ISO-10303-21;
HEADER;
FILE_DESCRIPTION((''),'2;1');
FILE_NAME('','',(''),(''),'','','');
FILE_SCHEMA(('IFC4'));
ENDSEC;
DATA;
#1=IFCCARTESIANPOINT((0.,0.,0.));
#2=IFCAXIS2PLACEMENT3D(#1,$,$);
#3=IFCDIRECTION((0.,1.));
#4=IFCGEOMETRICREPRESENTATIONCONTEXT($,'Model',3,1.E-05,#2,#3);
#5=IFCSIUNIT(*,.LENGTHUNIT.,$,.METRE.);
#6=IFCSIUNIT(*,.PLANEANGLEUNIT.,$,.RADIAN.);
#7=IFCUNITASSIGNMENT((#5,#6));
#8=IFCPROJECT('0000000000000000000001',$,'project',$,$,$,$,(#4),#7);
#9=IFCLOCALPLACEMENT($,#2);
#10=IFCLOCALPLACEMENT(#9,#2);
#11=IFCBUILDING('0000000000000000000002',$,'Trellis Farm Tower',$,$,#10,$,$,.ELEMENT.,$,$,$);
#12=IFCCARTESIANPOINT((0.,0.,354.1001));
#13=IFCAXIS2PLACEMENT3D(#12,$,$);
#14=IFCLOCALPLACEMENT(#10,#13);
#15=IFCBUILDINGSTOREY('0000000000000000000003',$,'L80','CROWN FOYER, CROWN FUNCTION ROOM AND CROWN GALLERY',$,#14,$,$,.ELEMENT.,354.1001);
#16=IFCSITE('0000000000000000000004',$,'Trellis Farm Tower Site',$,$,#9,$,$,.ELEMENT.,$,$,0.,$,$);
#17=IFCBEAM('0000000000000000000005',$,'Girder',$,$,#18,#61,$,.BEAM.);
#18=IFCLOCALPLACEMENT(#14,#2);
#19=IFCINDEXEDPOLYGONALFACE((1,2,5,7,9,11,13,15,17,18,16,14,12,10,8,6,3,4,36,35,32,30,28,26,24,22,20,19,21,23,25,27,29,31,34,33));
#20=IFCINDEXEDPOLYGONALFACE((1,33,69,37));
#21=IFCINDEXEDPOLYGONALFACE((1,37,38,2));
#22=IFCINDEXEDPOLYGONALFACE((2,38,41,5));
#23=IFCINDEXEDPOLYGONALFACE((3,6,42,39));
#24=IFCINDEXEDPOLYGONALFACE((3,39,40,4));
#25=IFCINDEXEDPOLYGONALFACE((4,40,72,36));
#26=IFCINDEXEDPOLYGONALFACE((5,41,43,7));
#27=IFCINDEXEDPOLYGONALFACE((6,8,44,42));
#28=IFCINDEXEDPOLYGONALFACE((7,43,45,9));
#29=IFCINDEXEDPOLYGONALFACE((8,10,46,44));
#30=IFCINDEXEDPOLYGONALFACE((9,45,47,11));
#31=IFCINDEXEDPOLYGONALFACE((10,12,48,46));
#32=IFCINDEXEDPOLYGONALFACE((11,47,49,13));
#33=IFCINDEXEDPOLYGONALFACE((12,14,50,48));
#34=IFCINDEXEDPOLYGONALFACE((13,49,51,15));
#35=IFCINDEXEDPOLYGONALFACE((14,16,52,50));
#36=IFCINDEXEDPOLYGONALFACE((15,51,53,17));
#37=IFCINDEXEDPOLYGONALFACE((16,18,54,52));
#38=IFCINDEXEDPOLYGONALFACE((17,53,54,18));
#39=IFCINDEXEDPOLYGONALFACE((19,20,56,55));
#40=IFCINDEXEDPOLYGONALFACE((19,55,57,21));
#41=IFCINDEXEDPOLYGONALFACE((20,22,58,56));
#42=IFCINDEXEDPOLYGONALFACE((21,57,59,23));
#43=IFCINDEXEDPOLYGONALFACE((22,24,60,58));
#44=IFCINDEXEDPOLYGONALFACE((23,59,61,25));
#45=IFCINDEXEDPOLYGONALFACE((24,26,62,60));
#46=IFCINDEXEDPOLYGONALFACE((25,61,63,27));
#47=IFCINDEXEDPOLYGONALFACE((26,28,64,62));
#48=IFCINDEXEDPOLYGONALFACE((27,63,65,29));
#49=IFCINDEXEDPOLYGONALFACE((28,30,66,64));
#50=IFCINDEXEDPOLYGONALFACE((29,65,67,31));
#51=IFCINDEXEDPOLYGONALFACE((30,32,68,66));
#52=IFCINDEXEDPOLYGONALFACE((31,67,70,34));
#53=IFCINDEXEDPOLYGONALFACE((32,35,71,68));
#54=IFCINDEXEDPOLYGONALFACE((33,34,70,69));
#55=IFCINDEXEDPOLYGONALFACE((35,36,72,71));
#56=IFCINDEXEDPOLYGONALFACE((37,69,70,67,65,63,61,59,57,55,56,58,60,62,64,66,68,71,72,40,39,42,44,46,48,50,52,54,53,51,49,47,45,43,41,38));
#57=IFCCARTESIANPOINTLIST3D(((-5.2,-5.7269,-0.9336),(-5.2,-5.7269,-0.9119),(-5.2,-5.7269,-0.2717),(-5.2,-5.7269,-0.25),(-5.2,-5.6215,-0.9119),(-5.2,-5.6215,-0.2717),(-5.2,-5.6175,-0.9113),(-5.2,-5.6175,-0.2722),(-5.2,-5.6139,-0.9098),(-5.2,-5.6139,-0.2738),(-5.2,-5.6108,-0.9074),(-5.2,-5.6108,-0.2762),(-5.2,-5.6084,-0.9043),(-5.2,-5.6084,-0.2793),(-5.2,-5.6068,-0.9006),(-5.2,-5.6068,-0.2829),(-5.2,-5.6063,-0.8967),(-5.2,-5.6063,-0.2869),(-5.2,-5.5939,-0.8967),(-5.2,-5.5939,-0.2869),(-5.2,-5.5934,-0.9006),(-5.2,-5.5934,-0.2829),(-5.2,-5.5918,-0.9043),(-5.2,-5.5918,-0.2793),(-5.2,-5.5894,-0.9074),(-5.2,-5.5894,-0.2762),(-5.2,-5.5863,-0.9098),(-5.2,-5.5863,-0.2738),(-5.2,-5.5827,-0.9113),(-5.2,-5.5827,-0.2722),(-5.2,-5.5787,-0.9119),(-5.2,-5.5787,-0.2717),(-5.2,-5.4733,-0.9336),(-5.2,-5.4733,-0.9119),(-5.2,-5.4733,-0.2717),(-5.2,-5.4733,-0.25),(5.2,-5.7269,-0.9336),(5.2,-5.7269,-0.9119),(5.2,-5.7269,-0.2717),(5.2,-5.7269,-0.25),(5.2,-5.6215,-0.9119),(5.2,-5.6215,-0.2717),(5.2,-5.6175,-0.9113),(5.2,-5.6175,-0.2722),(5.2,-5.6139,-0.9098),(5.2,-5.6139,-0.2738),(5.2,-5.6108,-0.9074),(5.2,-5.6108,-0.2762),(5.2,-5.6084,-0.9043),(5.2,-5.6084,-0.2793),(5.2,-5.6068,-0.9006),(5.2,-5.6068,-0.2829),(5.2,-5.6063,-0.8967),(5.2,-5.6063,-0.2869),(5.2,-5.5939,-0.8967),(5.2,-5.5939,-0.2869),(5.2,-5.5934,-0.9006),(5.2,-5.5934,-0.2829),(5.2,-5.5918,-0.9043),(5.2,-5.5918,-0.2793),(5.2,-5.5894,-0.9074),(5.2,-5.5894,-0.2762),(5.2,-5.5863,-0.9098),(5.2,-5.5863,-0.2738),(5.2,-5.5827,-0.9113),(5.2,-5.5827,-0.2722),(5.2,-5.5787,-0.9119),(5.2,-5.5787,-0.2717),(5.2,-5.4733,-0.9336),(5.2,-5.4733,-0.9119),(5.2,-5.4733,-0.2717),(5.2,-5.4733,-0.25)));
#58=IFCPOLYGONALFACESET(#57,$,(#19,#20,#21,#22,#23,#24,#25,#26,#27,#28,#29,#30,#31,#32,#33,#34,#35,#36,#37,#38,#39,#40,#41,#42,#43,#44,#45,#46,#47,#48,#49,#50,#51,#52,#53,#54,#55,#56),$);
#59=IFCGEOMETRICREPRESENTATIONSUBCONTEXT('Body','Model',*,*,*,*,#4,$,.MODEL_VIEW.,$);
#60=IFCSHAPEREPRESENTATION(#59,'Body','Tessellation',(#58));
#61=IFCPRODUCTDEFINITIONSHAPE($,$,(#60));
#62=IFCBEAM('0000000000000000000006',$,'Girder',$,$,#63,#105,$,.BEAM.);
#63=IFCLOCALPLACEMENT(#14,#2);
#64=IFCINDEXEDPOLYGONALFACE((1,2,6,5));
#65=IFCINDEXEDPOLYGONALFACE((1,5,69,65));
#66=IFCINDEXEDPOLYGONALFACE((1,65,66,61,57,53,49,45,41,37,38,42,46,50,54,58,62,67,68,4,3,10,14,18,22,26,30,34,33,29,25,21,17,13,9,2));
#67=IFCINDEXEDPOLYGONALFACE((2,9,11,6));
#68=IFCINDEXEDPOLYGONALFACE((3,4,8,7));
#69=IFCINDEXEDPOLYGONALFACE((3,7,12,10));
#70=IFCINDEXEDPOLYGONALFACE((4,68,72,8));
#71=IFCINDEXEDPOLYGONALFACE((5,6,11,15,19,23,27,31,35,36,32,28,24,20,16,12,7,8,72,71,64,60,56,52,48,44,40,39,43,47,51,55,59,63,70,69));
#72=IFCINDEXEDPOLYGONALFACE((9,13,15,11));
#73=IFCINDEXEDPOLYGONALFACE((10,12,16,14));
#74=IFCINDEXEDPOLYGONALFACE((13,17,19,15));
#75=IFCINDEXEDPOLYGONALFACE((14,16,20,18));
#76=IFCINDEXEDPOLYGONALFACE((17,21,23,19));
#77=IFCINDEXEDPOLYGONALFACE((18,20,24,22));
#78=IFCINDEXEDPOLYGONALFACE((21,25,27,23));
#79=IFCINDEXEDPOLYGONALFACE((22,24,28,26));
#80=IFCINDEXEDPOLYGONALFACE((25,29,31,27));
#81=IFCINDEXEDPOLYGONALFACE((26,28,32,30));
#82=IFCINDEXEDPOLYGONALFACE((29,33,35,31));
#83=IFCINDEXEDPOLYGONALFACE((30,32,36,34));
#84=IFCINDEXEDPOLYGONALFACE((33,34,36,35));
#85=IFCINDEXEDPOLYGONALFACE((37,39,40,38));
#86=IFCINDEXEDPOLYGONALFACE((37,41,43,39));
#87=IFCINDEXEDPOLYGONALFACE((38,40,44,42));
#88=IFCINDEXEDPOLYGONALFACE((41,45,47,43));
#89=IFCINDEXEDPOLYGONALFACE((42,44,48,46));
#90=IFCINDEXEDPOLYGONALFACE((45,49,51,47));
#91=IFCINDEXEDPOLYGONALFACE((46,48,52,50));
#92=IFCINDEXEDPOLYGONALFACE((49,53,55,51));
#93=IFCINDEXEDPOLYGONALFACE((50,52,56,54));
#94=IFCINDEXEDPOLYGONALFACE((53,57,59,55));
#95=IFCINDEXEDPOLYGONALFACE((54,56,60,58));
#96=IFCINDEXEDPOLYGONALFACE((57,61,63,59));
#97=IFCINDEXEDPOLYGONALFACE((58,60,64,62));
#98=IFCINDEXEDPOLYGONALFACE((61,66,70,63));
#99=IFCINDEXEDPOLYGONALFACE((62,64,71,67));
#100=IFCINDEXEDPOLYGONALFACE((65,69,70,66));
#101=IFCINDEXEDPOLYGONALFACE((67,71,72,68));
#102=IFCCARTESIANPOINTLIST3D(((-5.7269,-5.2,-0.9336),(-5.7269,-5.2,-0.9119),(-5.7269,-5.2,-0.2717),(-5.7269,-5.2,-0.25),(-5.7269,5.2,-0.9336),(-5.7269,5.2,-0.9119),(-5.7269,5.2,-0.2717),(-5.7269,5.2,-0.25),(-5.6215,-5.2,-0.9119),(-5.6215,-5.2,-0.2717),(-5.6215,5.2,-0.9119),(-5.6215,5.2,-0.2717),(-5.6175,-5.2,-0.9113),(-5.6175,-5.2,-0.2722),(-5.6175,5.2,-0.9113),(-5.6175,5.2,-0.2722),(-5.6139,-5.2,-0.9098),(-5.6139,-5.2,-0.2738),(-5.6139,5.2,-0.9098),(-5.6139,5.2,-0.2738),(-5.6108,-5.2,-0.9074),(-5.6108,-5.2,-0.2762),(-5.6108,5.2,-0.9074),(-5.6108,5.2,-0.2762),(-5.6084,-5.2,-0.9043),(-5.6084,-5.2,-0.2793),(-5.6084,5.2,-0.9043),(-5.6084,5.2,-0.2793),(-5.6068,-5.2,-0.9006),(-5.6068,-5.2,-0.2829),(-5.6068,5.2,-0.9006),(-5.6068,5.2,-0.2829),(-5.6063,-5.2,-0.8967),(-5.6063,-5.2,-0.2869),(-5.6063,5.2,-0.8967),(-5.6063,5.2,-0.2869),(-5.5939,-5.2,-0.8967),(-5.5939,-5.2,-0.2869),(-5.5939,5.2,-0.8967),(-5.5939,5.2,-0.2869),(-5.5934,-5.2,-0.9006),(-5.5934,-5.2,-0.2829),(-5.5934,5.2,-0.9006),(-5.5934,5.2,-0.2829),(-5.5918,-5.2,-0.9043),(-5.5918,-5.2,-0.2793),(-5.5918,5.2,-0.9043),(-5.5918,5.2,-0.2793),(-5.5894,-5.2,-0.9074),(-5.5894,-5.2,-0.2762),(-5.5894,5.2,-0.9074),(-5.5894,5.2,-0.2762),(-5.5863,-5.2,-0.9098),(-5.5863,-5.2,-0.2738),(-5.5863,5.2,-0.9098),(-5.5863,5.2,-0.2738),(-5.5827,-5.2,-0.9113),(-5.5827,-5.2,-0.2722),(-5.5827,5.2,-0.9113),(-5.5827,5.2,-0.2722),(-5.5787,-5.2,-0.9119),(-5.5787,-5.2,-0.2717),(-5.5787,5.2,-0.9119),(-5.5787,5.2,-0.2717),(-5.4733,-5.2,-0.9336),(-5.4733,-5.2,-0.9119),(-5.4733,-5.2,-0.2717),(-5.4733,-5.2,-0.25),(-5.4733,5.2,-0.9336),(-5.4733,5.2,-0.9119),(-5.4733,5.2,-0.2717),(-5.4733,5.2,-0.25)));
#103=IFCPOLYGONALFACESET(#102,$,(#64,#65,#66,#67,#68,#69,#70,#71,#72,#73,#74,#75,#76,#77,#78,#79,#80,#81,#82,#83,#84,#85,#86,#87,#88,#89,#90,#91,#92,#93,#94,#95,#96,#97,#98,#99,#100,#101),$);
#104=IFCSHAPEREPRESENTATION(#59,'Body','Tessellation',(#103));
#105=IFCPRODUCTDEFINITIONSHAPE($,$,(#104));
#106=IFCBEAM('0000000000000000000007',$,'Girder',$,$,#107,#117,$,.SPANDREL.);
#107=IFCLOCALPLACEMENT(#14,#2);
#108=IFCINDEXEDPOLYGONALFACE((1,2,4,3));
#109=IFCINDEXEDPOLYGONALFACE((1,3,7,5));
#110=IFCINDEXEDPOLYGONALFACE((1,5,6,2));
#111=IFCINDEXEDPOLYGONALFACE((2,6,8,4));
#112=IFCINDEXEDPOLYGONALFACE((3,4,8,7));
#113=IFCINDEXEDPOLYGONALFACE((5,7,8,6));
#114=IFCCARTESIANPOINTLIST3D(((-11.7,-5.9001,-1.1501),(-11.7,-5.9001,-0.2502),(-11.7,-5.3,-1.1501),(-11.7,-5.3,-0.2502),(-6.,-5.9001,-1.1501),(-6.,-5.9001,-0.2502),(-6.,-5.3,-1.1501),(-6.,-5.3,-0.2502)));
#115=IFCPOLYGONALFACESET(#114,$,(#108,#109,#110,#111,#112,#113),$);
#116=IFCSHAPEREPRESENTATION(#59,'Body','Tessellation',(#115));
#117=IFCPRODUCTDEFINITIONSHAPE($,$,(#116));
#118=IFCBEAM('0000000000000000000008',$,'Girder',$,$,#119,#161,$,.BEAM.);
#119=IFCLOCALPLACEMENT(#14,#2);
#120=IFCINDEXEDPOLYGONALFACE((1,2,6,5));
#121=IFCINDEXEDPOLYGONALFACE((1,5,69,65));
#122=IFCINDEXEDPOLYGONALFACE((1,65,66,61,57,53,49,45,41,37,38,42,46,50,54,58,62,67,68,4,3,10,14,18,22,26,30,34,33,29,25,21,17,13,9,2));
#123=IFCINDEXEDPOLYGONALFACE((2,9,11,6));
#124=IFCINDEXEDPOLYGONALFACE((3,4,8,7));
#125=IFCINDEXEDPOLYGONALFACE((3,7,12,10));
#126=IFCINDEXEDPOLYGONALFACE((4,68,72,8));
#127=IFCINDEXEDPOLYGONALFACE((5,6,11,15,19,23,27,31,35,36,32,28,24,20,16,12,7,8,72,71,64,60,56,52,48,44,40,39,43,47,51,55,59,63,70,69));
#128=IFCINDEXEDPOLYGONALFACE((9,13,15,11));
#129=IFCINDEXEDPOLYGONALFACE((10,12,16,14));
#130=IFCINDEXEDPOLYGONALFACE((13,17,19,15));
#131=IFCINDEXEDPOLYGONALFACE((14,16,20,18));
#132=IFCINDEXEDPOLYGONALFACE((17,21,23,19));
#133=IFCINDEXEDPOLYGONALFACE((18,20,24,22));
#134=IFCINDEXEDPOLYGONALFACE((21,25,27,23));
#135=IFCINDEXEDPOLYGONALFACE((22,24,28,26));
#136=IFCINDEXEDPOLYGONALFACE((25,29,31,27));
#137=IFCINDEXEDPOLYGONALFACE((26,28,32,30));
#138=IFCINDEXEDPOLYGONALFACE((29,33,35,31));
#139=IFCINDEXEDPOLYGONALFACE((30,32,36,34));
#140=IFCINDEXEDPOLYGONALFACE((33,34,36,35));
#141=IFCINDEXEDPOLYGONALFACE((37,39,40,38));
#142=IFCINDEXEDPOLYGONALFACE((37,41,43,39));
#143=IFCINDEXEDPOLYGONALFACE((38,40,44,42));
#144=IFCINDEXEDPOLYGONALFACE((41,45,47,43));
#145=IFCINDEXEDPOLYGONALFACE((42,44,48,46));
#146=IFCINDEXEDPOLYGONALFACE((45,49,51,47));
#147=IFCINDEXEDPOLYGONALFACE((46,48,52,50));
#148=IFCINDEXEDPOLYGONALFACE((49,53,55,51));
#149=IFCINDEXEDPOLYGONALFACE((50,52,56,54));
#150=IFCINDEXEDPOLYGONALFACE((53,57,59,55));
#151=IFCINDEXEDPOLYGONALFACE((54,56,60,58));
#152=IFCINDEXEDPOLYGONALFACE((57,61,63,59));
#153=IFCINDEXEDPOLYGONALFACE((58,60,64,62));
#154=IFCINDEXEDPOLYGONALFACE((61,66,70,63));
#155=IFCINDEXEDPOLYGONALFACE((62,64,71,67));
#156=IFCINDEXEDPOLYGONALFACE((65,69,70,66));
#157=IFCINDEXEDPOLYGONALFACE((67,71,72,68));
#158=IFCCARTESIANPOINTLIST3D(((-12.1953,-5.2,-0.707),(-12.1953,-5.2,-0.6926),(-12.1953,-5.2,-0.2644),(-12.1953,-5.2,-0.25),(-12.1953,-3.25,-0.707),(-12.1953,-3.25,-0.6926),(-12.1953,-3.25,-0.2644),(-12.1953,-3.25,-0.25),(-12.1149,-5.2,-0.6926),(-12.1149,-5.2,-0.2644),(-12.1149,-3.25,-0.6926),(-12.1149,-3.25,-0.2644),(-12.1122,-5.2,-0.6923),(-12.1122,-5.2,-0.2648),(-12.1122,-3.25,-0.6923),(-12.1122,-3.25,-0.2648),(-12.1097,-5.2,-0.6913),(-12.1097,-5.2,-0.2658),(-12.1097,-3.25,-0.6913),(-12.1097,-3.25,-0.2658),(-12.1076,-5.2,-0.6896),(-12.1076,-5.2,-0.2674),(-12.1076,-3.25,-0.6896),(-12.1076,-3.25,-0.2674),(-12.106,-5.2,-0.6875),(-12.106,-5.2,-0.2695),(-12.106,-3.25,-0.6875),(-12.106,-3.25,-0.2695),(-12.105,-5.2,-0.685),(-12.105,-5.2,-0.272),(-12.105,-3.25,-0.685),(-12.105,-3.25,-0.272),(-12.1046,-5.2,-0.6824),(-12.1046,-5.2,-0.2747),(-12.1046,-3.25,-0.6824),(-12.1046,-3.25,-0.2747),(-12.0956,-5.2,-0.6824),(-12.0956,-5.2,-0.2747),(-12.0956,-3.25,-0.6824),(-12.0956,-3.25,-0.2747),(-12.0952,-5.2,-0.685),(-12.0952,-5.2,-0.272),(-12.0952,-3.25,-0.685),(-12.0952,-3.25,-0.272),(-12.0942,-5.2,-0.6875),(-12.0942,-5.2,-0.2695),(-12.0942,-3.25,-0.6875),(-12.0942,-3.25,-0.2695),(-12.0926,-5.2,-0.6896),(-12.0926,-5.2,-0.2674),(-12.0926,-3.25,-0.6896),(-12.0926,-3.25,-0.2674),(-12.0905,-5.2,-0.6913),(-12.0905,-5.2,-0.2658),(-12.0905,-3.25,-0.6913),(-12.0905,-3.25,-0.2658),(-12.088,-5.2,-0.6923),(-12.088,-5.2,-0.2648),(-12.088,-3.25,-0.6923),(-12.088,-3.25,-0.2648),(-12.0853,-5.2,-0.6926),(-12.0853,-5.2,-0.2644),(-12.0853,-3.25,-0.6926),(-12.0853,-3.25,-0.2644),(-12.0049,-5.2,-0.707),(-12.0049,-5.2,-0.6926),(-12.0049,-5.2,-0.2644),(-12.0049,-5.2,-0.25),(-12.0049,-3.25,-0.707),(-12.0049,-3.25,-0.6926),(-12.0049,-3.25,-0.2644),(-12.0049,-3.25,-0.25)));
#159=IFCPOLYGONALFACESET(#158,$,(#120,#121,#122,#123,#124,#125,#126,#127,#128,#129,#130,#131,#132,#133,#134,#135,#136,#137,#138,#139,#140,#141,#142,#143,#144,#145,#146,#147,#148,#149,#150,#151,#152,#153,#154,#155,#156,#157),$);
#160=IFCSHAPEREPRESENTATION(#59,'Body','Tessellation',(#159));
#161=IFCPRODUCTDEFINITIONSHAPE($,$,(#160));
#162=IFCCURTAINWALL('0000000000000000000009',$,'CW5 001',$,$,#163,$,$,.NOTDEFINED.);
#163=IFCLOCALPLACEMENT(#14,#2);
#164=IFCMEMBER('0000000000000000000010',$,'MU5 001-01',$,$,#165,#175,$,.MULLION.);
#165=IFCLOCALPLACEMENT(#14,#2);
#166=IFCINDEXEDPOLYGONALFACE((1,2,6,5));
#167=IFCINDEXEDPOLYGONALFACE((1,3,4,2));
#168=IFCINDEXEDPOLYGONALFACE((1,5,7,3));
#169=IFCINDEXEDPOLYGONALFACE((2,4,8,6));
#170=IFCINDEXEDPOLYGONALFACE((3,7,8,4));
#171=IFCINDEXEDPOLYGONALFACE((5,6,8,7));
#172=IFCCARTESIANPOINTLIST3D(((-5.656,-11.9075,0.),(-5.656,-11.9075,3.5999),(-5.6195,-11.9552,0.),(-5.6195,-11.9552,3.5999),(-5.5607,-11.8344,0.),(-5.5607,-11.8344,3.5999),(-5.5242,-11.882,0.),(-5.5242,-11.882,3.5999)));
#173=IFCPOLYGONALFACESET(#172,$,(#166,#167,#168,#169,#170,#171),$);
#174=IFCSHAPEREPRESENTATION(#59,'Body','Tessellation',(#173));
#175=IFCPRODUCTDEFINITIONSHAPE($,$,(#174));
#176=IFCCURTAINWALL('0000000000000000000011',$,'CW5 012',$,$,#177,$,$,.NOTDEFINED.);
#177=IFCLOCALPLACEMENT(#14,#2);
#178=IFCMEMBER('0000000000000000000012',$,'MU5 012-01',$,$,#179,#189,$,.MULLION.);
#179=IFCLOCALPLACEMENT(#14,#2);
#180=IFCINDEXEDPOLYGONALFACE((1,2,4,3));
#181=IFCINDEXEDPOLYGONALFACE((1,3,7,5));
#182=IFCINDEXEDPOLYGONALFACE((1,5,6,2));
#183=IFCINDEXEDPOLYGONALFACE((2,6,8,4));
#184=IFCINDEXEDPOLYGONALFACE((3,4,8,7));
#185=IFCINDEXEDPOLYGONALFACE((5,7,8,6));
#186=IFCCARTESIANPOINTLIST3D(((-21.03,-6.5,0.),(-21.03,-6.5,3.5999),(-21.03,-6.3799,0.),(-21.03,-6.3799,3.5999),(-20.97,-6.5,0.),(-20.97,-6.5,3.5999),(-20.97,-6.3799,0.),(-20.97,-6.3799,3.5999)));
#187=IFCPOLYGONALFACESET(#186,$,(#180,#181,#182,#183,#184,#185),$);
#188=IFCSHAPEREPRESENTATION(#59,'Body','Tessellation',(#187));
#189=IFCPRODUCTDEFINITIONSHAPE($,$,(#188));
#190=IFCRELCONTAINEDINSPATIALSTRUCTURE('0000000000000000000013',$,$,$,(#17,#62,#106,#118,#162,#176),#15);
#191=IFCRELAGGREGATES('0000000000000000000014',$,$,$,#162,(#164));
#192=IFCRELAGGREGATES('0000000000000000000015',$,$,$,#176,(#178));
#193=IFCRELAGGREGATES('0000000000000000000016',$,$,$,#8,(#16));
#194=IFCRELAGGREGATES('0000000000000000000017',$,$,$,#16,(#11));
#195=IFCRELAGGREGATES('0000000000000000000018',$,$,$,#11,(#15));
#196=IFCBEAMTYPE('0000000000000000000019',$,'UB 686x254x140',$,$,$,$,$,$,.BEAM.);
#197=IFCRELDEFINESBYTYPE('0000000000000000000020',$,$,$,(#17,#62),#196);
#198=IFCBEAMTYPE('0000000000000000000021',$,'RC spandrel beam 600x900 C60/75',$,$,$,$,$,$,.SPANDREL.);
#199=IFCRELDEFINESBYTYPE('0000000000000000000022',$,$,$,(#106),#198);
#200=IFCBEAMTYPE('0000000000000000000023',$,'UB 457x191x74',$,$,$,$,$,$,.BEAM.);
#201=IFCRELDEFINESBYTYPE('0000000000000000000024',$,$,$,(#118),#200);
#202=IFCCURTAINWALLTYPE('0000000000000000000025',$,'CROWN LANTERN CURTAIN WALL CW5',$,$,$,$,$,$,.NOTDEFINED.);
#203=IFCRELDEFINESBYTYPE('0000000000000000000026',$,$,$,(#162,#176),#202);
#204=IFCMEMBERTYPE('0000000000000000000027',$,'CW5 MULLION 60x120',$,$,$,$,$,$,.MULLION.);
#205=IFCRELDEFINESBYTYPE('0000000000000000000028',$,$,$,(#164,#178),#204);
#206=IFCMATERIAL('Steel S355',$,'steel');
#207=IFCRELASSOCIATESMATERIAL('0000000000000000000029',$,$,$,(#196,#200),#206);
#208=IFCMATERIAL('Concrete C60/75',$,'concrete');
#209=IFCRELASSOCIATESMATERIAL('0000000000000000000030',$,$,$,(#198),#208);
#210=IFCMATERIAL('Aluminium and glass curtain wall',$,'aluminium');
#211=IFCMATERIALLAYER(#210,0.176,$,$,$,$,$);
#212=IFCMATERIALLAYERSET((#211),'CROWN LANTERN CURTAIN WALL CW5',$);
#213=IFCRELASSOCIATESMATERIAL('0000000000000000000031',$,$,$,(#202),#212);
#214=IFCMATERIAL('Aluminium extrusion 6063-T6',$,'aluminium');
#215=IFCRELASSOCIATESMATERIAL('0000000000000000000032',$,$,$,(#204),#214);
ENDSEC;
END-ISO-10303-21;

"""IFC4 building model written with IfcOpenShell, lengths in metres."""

from ifc_helpers import new_model, si_unit, direction, frame, origin, origin_2d, place, context, subcontext, project, spatial, rectangle, i_section, extrude, source, transform, mapped, material, layer, layer_set, material_profile, profile_set, type_object, element, aggregate, save


model = new_model("IFC4")

# Units and contexts
model_context = context("Model", 3, precision=1e-05, world=origin(), true_north=direction((0.0, 1.0)))
body_context = subcontext(model_context, "Body", "Model", "MODEL_VIEW")
ifc_project = project(units=[si_unit("LENGTHUNIT", "METRE"), si_unit("PLANEANGLEUNIT", "RADIAN")], contexts=[model_context])

# Site, building, storey
site_placement = place(None, origin())
site = spatial("IfcSite", under=ifc_project, at=site_placement, Name="Trellis Farm Tower Site", CompositionType="ELEMENT", RefElevation=0.0)
building_placement = place(site_placement, origin())
building = spatial("IfcBuilding", under=site, at=building_placement, Name="Trellis Farm Tower", CompositionType="ELEMENT")
storey_placement = place(building_placement, frame((0.0, 0.0, 354.1001)))
storey = spatial("IfcBuildingStorey", under=building, at=storey_placement, Name="L80", Description="CROWN FOYER, CROWN FUNCTION ROOM AND CROWN GALLERY", CompositionType="ELEMENT", Elevation=354.1001)

# Beams
ifc_material_1 = material(Name="Concrete C60/75", Category="concrete")
ifc_material_2 = material(Name="Steel S355", Category="steel")
ifc_material_profile_1 = material_profile(ifc_material_2, i_section(OverallWidth=0.2537, OverallDepth=0.6836, WebThickness=0.0125, FlangeThickness=0.0217, FilletRadius=0.0151, at=origin_2d()), Name="UB 686x254x140")
ifc_profile_set_1 = profile_set([ifc_material_profile_1], Name="Steel S355")
beam_type_1 = type_object("IfcBeamType", Name="UB 686x254x140", PredefinedType="BEAM", material=ifc_profile_set_1)
shared_shape_1 = source(origin(), body_context, "Body", "SweptSolid", [
    extrude(i_section(OverallWidth=0.2537, OverallDepth=0.6836, WebThickness=0.0125, FlangeThickness=0.0217, FilletRadius=0.0151, at=origin_2d()), origin(), (0.0, 0.0, 1.0), 10.3999),
])
for number, where, z_axis, x_axis, name in (
    (1, (-5.2, -5.6001, -0.5918), (1.0, 0.0, 0.0), (0.0, 1.0, 0.0), "Girder"),
    (2, (-5.6001, -5.2, -0.5918), (0.0, 1.0, 0.0), (-1.0, 0.0, 0.0), "Girder"),
):
    element("IfcBeam", number, at=place(storey_placement, frame(where, z_axis=z_axis, x_axis=x_axis)), inside=storey, type_object=beam_type_1, Name=name, PredefinedType="BEAM", context=body_context, shape_type="MappedRepresentation", body=[
        mapped(shared_shape_1, transform((0.0, 0.0, 0.0))),
    ])
ifc_material_profile_2 = material_profile(ifc_material_1, rectangle(XDim=0.6001, YDim=0.8999, at=origin_2d()), Name="RC spandrel beam 600x900 C60/75")
ifc_profile_set_2 = profile_set([ifc_material_profile_2], Name="Concrete C60/75")
beam_type_2 = type_object("IfcBeamType", Name="RC spandrel beam 600x900 C60/75", PredefinedType="SPANDREL", material=ifc_profile_set_2)
shared_shape_2 = source(origin(), body_context, "Body", "SweptSolid", [
    extrude(rectangle(XDim=0.6001, YDim=0.8999, at=origin_2d()), origin(), (0.0, 0.0, 1.0), 5.7),
])
beam_1_placement = place(storey_placement, frame((-11.7, -5.6001, -0.7002), z_axis=(1.0, 0.0, 0.0), x_axis=(0.0, 1.0, 0.0)))
element("IfcBeam", 3, at=beam_1_placement, inside=storey, type_object=beam_type_2, Name="Girder", PredefinedType="SPANDREL", context=body_context, shape_type="MappedRepresentation", body=[
    mapped(shared_shape_2, transform((0.0, 0.0, 0.0))),
])
ifc_material_profile_3 = material_profile(ifc_material_2, i_section(OverallWidth=0.1904, OverallDepth=0.457, WebThickness=0.009, FlangeThickness=0.0144, FilletRadius=0.0103, at=origin_2d()), Name="UB 457x191x74")
ifc_profile_set_3 = profile_set([ifc_material_profile_3], Name="Steel S355")
beam_type_3 = type_object("IfcBeamType", Name="UB 457x191x74", PredefinedType="BEAM", material=ifc_profile_set_3)
shared_shape_3 = source(origin(), body_context, "Body", "SweptSolid", [
    extrude(i_section(OverallWidth=0.1904, OverallDepth=0.457, WebThickness=0.009, FlangeThickness=0.0144, FilletRadius=0.0103, at=origin_2d()), origin(), (0.0, 0.0, 1.0), 1.95),
])
beam_2_placement = place(storey_placement, frame((-12.1001, -5.2, -0.4785), z_axis=(0.0, 1.0, 0.0), x_axis=(-1.0, 0.0, 0.0)))
element("IfcBeam", 4, at=beam_2_placement, inside=storey, type_object=beam_type_3, Name="Girder", PredefinedType="BEAM", context=body_context, shape_type="MappedRepresentation", body=[
    mapped(shared_shape_3, transform((0.0, 0.0, 0.0))),
])

# Curtain wall, member
ifc_material_3 = material(Name="Aluminium and glass curtain wall", Category="aluminium")
ifc_layer_1 = layer(ifc_material_3, 0.176)
ifc_layer_set_1 = layer_set([ifc_layer_1], Name="CROWN LANTERN CURTAIN WALL CW5")
curtain_wall_type = type_object("IfcCurtainWallType", Name="CROWN LANTERN CURTAIN WALL CW5", PredefinedType="NOTDEFINED", material=ifc_layer_set_1)
placement = place(storey_placement, origin())
curtain_wall_1 = element("IfcCurtainWall", 5, at=placement, inside=storey, type_object=curtain_wall_type, Name="CW5 001", PredefinedType="NOTDEFINED")
ifc_material_4 = material(Name="Aluminium extrusion 6063-T6", Category="aluminium")
ifc_material_profile_4 = material_profile(ifc_material_4, rectangle(XDim=0.0601, YDim=0.1201, at=origin_2d()), Name="MULLION 60x120")
ifc_profile_set_4 = profile_set([ifc_material_profile_4], Name="Aluminium extrusion 6063-T6")
member_type = type_object("IfcMemberType", Name="CW5 MULLION 60x120", PredefinedType="MULLION", material=ifc_profile_set_4)
shared_shape_4 = source(origin(), body_context, "Body", "SweptSolid", [
    extrude(rectangle(XDim=0.0601, YDim=0.1201, at=origin_2d()), origin(), (0.0, 0.0, 1.0), 3.5999),
])
member_1_placement = place(storey_placement, frame((-5.5901, -11.8948, 0.0), z_axis=(0.0, 0.0, 1.0), x_axis=(0.608761, -0.793353, 0.0)))
member_1 = element("IfcMember", 6, at=member_1_placement, type_object=member_type, Name="MU5 001-01", PredefinedType="MULLION", context=body_context, shape_type="MappedRepresentation", body=[
    mapped(shared_shape_4, transform((0.0, 0.0, 0.0))),
])
aggregate(curtain_wall_1, [member_1])

# Curtain wall, member
curtain_wall_2 = element("IfcCurtainWall", 7, at=placement, inside=storey, type_object=curtain_wall_type, Name="CW5 012", PredefinedType="NOTDEFINED")
member_2_placement = place(storey_placement, frame((-21.0, -6.4399, 0.0), z_axis=(0.0, 0.0, 1.0), x_axis=(1.0, 0.0, 0.0)))
member_2 = element("IfcMember", 8, at=member_2_placement, type_object=member_type, Name="MU5 012-01", PredefinedType="MULLION", context=body_context, shape_type="MappedRepresentation", body=[
    mapped(shared_shape_4, transform((0.0, 0.0, 0.0))),
])
aggregate(curtain_wall_2, [member_2])

save(model, "model.ifc")
